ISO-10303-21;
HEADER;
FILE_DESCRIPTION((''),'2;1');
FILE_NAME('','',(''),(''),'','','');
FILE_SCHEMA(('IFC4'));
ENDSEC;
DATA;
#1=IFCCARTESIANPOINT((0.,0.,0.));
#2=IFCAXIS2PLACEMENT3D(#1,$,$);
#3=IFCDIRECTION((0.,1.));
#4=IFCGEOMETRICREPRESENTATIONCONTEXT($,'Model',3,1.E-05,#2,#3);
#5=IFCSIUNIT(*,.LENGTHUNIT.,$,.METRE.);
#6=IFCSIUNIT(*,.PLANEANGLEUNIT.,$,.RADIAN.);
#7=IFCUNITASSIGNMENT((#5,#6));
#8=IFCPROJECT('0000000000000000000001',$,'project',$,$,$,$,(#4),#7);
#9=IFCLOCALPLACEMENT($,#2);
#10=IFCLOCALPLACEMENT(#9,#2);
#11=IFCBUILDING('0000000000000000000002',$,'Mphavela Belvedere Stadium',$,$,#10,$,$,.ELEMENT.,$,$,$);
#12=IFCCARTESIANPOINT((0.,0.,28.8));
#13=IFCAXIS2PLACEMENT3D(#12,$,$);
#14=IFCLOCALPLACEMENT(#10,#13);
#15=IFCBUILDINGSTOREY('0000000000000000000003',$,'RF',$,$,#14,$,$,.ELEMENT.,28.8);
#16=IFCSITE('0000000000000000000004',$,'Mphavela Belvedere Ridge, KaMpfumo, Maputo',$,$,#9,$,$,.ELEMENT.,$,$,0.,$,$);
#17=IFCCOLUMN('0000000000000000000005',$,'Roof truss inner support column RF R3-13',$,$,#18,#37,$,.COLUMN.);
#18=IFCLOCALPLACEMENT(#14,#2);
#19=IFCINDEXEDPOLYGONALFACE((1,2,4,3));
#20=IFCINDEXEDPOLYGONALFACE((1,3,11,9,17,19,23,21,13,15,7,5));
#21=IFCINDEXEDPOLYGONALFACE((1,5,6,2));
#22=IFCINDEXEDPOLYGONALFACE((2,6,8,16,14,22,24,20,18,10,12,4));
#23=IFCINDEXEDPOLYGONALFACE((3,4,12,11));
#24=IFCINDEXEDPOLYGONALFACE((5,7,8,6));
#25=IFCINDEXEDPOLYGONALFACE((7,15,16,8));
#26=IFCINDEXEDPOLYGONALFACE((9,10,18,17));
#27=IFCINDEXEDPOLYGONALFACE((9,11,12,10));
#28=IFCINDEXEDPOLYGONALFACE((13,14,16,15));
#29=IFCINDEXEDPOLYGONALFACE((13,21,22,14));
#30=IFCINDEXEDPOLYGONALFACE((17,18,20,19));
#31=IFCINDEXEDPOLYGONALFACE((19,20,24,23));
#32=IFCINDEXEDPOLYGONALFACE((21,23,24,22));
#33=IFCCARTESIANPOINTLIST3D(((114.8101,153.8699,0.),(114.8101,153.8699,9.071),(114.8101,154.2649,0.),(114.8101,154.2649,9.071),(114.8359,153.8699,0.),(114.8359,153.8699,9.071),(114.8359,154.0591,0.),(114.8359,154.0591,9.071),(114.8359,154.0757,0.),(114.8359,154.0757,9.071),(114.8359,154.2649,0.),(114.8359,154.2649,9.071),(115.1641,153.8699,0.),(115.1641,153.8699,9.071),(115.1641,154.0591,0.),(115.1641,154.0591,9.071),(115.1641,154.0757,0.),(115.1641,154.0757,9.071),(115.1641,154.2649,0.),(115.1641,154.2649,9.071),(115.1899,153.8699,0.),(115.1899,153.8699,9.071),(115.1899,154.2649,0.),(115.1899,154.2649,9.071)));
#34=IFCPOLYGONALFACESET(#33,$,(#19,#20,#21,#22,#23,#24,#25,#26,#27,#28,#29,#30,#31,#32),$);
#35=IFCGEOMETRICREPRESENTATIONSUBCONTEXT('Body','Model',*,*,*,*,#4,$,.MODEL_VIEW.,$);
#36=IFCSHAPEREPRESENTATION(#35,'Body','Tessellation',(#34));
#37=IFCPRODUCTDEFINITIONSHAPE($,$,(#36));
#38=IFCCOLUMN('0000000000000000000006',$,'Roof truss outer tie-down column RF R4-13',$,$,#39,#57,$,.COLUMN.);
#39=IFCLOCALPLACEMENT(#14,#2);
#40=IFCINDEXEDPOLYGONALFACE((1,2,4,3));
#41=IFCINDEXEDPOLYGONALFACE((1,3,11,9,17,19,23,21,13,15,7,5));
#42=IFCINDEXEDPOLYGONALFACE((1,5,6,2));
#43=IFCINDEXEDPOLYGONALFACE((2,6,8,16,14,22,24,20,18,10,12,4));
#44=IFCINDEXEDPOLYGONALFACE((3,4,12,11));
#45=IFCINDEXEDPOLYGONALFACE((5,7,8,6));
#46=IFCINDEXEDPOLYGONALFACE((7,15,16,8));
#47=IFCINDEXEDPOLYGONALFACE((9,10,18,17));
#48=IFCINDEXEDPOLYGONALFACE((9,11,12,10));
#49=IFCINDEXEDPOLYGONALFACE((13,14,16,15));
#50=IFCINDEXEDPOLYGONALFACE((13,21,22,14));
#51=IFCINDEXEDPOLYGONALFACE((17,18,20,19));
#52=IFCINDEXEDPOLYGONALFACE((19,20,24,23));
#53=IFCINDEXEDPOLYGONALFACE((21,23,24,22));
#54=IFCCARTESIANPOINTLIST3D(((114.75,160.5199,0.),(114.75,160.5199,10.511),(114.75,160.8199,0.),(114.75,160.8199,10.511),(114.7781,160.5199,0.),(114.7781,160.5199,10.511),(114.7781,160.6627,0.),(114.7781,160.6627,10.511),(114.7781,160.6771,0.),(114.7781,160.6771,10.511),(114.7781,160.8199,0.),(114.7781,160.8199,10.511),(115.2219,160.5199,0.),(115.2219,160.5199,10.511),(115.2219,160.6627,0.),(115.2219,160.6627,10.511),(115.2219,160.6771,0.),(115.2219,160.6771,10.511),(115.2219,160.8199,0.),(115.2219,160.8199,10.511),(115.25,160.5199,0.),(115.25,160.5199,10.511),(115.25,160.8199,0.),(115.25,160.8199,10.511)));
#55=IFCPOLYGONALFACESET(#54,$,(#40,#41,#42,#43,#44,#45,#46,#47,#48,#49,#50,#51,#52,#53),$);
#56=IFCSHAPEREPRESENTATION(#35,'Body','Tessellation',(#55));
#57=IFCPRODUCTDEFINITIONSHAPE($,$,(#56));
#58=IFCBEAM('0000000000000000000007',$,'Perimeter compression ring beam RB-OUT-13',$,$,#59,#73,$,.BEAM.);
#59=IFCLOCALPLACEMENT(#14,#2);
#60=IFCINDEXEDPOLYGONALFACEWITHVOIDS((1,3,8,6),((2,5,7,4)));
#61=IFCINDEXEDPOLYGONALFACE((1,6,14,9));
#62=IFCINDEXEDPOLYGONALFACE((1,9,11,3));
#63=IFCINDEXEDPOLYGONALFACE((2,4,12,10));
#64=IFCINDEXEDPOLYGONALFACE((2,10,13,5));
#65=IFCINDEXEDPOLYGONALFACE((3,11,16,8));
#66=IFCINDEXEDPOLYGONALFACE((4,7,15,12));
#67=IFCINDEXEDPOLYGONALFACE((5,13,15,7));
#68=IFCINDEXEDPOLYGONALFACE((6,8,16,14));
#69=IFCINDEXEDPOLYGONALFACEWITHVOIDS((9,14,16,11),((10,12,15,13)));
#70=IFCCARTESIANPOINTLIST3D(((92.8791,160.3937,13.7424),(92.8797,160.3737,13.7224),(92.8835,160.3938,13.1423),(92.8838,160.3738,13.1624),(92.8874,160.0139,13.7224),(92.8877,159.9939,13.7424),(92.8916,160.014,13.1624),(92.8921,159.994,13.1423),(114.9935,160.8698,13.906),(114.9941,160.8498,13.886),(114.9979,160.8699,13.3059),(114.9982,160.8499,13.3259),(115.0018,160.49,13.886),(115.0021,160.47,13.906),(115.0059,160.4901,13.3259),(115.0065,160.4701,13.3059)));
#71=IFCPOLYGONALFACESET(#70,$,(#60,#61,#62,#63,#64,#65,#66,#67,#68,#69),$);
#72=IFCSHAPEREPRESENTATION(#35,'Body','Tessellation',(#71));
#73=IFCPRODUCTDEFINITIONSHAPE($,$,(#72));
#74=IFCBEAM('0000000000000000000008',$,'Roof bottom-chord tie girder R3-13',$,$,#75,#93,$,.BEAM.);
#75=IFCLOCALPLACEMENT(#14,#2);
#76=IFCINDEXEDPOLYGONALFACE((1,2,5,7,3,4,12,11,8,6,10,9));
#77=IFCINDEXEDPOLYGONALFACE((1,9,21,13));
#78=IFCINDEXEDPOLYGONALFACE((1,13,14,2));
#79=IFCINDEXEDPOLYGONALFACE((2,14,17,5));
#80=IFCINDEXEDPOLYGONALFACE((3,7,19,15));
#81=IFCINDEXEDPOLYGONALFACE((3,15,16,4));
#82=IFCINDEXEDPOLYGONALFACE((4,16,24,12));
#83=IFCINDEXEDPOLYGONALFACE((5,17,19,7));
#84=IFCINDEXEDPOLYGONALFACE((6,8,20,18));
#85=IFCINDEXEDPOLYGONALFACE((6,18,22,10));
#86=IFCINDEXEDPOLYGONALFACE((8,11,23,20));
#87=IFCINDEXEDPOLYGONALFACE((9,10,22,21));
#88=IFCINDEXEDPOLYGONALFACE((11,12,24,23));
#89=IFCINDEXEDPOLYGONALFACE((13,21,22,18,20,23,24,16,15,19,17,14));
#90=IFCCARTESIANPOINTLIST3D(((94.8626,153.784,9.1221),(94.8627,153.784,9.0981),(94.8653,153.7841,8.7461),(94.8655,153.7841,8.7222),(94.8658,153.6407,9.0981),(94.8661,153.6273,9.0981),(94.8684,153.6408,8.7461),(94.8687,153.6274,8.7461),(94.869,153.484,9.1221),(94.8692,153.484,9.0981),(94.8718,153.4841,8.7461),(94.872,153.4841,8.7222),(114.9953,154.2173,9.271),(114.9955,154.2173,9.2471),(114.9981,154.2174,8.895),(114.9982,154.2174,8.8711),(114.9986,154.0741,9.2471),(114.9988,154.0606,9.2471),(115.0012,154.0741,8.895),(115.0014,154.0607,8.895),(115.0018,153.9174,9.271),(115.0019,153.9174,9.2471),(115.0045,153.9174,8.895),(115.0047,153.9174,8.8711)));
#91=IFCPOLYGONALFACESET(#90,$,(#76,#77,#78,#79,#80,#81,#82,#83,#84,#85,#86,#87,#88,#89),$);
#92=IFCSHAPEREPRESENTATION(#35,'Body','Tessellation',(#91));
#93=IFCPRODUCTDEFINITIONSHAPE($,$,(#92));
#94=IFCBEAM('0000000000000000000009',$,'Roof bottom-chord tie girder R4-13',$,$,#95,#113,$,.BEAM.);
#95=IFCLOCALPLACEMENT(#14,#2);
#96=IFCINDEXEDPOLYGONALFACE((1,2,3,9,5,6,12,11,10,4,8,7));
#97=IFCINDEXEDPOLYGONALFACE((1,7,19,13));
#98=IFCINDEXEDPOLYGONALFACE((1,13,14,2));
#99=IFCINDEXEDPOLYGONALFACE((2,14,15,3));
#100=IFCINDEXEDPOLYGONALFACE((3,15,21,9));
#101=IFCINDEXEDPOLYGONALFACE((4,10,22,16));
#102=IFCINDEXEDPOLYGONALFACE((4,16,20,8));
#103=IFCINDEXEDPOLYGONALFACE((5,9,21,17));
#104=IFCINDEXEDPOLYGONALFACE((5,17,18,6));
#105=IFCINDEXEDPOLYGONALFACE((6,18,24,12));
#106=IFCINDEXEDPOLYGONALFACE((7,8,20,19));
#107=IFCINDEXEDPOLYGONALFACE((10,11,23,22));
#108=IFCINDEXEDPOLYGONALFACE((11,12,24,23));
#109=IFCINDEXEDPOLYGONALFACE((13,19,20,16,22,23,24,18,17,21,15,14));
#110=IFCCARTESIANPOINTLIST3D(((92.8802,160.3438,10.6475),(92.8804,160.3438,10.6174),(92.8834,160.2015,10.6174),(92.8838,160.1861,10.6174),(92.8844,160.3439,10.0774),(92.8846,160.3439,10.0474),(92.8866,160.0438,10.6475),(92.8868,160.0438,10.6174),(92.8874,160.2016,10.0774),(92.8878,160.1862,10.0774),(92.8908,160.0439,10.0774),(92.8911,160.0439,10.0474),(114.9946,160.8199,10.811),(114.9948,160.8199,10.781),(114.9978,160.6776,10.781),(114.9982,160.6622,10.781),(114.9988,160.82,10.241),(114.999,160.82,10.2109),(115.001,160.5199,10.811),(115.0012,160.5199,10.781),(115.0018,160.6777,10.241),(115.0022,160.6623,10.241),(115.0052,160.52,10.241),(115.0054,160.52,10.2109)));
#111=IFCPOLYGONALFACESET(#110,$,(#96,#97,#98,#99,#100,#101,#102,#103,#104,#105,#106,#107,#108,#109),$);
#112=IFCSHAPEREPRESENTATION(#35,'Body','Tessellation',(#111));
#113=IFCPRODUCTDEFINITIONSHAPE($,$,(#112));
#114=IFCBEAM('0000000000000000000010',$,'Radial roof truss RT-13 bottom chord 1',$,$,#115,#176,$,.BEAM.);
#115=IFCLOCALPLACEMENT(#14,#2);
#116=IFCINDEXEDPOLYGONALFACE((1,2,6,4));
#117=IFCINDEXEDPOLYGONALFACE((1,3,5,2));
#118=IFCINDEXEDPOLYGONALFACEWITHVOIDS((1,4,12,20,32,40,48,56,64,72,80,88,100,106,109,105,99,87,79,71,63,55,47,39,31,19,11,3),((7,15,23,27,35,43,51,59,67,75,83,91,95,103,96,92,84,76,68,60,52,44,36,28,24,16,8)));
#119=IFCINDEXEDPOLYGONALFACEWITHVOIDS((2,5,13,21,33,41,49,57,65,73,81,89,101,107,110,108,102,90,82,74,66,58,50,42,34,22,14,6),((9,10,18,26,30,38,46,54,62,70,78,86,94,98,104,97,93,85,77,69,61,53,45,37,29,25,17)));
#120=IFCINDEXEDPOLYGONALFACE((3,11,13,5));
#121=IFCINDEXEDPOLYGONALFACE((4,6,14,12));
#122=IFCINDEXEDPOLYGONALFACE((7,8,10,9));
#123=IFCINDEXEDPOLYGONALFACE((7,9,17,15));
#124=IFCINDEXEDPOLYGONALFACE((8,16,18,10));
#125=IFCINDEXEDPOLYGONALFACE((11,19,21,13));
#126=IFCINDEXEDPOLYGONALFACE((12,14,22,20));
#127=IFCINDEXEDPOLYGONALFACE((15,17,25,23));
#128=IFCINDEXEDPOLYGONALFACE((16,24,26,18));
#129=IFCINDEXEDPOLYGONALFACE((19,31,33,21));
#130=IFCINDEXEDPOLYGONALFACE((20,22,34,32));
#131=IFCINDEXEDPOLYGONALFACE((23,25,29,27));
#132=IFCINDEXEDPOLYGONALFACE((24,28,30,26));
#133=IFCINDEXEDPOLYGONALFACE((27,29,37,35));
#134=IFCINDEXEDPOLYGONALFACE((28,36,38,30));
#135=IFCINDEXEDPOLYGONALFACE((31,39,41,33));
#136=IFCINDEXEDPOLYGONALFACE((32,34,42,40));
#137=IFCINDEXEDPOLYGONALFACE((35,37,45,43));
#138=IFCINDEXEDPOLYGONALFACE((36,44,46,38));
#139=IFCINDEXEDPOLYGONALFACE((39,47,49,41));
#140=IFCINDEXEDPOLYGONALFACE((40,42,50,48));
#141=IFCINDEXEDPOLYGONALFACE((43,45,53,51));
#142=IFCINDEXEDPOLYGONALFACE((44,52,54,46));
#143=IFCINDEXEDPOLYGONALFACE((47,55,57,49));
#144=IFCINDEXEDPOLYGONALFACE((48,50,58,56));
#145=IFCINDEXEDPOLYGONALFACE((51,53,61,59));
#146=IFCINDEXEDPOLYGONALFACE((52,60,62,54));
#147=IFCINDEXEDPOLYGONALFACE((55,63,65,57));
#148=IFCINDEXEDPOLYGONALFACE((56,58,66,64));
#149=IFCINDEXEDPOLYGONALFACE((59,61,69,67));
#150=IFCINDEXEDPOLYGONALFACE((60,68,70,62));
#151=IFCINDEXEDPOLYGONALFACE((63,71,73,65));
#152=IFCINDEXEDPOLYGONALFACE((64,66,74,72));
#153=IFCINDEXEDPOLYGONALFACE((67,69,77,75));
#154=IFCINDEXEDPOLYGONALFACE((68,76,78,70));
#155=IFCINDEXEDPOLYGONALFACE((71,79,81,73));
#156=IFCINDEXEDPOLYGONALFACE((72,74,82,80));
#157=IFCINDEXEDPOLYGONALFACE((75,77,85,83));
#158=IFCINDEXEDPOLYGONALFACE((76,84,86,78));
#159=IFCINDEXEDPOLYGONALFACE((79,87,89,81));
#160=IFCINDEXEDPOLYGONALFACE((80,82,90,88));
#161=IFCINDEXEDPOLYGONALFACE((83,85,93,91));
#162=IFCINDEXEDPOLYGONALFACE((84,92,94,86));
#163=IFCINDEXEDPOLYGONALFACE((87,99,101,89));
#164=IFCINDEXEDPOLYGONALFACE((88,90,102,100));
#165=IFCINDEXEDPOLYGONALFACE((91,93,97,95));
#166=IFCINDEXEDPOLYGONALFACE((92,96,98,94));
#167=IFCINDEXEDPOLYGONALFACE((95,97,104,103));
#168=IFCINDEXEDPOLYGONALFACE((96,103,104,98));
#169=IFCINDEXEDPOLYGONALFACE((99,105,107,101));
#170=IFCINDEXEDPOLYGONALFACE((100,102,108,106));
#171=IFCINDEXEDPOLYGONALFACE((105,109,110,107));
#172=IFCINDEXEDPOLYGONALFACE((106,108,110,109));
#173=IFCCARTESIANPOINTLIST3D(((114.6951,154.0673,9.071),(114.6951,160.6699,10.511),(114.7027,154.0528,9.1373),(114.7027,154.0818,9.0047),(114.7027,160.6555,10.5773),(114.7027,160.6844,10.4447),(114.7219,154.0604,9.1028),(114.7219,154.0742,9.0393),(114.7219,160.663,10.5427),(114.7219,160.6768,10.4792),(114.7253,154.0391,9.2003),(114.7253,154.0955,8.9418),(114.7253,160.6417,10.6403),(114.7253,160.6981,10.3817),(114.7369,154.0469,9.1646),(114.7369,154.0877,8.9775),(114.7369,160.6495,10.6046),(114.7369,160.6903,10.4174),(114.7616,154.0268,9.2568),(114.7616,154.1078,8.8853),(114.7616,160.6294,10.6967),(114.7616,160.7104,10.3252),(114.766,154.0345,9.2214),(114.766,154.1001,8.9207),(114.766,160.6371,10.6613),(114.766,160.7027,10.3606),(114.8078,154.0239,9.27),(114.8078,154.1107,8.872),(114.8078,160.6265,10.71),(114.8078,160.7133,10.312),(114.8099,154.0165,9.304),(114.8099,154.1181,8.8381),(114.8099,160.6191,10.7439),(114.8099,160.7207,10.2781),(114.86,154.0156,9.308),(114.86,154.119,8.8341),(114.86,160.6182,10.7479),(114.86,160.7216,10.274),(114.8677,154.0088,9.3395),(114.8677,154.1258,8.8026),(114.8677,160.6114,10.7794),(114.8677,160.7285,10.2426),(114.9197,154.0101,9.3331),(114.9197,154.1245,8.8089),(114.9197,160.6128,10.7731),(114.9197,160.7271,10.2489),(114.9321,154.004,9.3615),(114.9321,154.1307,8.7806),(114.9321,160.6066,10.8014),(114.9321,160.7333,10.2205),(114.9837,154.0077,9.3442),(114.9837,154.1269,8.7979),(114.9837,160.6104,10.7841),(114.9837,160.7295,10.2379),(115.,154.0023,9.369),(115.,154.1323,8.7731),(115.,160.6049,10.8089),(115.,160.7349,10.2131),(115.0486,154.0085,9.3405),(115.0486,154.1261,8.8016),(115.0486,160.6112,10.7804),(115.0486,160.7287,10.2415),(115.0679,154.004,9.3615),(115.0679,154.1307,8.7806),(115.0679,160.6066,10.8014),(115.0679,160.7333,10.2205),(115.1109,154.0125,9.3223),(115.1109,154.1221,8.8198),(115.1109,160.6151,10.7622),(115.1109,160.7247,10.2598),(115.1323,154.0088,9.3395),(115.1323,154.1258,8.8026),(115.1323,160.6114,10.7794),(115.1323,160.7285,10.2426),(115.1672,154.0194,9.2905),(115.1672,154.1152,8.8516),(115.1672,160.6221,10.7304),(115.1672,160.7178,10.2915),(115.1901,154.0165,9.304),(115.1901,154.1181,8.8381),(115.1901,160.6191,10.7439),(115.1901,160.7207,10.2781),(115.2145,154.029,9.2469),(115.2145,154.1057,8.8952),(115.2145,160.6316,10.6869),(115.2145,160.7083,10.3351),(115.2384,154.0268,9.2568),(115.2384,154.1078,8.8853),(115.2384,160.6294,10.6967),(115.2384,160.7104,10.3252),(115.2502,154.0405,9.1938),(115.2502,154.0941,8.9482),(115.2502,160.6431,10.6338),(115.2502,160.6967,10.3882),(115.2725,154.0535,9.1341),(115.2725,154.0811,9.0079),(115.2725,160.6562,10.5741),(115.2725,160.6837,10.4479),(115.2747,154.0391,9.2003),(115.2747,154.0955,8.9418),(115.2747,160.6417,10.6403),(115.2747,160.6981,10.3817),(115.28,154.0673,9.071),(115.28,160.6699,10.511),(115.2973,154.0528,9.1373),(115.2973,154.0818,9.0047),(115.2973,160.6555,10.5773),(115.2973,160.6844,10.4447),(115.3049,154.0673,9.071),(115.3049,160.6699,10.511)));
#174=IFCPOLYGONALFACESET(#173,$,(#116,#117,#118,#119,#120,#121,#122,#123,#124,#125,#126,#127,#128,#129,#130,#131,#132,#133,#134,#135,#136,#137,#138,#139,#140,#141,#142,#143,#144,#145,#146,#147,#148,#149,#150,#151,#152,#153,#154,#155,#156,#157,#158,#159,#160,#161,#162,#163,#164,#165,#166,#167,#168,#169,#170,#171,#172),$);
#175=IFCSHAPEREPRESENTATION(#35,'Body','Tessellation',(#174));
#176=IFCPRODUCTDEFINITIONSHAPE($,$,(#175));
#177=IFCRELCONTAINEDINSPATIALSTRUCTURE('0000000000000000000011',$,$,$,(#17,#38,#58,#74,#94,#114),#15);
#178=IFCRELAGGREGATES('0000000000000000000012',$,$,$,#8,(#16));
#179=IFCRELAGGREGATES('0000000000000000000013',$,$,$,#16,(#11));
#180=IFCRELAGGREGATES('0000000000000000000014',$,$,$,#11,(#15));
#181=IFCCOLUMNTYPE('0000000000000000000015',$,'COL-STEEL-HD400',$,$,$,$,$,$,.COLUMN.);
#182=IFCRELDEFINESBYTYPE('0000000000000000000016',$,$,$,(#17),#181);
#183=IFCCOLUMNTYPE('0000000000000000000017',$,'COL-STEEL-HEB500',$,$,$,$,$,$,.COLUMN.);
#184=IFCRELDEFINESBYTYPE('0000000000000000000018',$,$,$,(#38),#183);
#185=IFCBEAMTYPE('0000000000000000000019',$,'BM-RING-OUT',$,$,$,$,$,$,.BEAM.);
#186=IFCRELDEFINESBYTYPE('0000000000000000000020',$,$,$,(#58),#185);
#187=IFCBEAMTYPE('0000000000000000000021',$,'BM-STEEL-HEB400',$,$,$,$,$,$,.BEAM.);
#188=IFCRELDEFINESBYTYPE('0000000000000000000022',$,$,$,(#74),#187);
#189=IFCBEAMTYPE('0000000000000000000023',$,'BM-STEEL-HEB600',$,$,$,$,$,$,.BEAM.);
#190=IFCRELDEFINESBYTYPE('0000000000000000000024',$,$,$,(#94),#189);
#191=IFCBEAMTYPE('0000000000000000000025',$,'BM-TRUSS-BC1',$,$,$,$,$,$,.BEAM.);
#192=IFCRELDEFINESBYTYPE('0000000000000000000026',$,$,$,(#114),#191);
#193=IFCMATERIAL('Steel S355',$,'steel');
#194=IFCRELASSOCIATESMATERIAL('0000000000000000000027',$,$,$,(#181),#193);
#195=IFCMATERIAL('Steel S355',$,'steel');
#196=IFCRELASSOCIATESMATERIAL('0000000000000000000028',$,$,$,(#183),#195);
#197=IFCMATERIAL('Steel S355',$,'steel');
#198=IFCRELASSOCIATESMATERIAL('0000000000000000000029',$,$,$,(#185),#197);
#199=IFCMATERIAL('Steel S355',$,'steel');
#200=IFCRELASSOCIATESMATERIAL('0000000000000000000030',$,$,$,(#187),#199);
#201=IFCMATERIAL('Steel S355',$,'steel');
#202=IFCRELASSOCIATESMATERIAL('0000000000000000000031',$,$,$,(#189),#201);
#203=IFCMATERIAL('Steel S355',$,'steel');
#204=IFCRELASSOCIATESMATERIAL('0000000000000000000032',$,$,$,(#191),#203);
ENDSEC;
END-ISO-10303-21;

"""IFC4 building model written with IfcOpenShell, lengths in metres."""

from ifc_helpers import new_model, si_unit, direction, frame, origin, origin_2d, place, context, subcontext, project, spatial, hollow_rectangle, hollow_circle, i_section, extrude, material, material_profile, profile_set, type_object, element, save


model = new_model("IFC4")

# Units and contexts
model_context = context("Model", 3, precision=1e-05, world=origin(), true_north=direction((0.0, 1.0)))
body_context = subcontext(model_context, "Body", "Model", "MODEL_VIEW")
ifc_project = project(units=[si_unit("LENGTHUNIT", "METRE"), si_unit("PLANEANGLEUNIT", "RADIAN")], contexts=[model_context])

# Site, building, storey
site_placement = place(None, origin())
site = spatial("IfcSite", under=ifc_project, at=site_placement, Name="Mphavela Belvedere Ridge, KaMpfumo, Maputo", CompositionType="ELEMENT", RefElevation=0.0)
building_placement = place(site_placement, origin())
building = spatial("IfcBuilding", under=site, at=building_placement, Name="Mphavela Belvedere Stadium", CompositionType="ELEMENT")
storey_placement = place(building_placement, frame((0.0, 0.0, 28.8)))
storey = spatial("IfcBuildingStorey", under=building, at=storey_placement, Name="RF", CompositionType="ELEMENT", Elevation=28.8)

# Columns
ifc_material_1 = material(Name="Steel S355", Category="steel")
ifc_material_profile_1 = material_profile(ifc_material_1, i_section(OverallWidth=0.395, OverallDepth=0.3799, WebThickness=0.0166, FlangeThickness=0.0259, at=origin_2d()), Name="HD 400x237")
ifc_profile_set_1 = profile_set([ifc_material_profile_1], Name="Steel S355")
column_type_1 = type_object("IfcColumnType", Name="COL-STEEL-HD400", PredefinedType="COLUMN", material=ifc_profile_set_1)
column_1_placement = place(storey_placement, frame((115.0, 154.0674, 0.0), z_axis=(0.0, 0.0, 1.0), x_axis=(0.0, 1.0, 0.0)))
element("IfcColumn", 1, at=column_1_placement, inside=storey, type_object=column_type_1, Name="Roof truss inner support column RF R3-13", PredefinedType="COLUMN", context=body_context, shape_type="SweptSolid", body=[
    extrude(i_section(OverallWidth=0.395, OverallDepth=0.3799, WebThickness=0.0166, FlangeThickness=0.0259, at=origin_2d()), origin(), (0.0, 0.0, 1.0), 9.071),
])
ifc_material_2 = material(Name="Steel S355", Category="steel")
ifc_material_profile_2 = material_profile(ifc_material_2, i_section(OverallWidth=0.3, OverallDepth=0.5, WebThickness=0.0144, FlangeThickness=0.0281, at=origin_2d()), Name="HEB 500")
ifc_profile_set_2 = profile_set([ifc_material_profile_2], Name="Steel S355")
column_type_2 = type_object("IfcColumnType", Name="COL-STEEL-HEB500", PredefinedType="COLUMN", material=ifc_profile_set_2)
column_2_placement = place(storey_placement, frame((115.0, 160.6699, 0.0), z_axis=(0.0, 0.0, 1.0), x_axis=(0.0, 1.0, 0.0)))
element("IfcColumn", 2, at=column_2_placement, inside=storey, type_object=column_type_2, Name="Roof truss outer tie-down column RF R4-13", PredefinedType="COLUMN", context=body_context, shape_type="SweptSolid", body=[
    extrude(i_section(OverallWidth=0.3, OverallDepth=0.5, WebThickness=0.0144, FlangeThickness=0.0281, at=origin_2d()), origin(), (0.0, 0.0, 1.0), 10.511),
])

# Beams
ifc_material_3 = material(Name="Steel S355", Category="steel")
ifc_material_profile_3 = material_profile(ifc_material_3, hollow_rectangle(XDim=0.3999, YDim=0.6001, WallThickness=0.02, at=origin_2d()), Name="RHS 600x400x20")
ifc_profile_set_3 = profile_set([ifc_material_profile_3], Name="Steel S355")
beam_type_1 = type_object("IfcBeamType", Name="BM-RING-OUT", PredefinedType="BEAM", material=ifc_profile_set_3)
beam_1_placement = place(storey_placement, frame((115.0, 160.6699, 13.606), z_axis=(-0.999741, -0.021522, -0.007395), x_axis=(0.021523, -0.999768, 0.0)))
element("IfcBeam", 3, at=beam_1_placement, inside=storey, type_object=beam_type_1, Name="Perimeter compression ring beam RB-OUT-13", PredefinedType="BEAM", context=body_context, shape_type="SweptSolid", body=[
    extrude(hollow_rectangle(XDim=0.3999, YDim=0.6001, WallThickness=0.02, at=origin_2d()), origin(), (0.0, 0.0, 1.0), 22.1201),
])
ifc_material_4 = material(Name="Steel S355", Category="steel")
ifc_material_profile_4 = material_profile(ifc_material_4, i_section(OverallWidth=0.3, OverallDepth=0.3999, WebThickness=0.0134, FlangeThickness=0.0239, at=origin_2d()), Name="HEB 400")
ifc_profile_set_4 = profile_set([ifc_material_profile_4], Name="Steel S355")
beam_type_2 = type_object("IfcBeamType", Name="BM-STEEL-HEB400", PredefinedType="BEAM", material=ifc_profile_set_4)
beam_2_placement = place(storey_placement, frame((115.0, 154.0674, 9.071), z_axis=(-0.999741, -0.021519, -0.007395), x_axis=(0.02152, -0.999768, 0.0)))
element("IfcBeam", 4, at=beam_2_placement, inside=storey, type_object=beam_type_2, Name="Roof bottom-chord tie girder R3-13", PredefinedType="BEAM", context=body_context, shape_type="SweptSolid", body=[
    extrude(i_section(OverallWidth=0.3, OverallDepth=0.3999, WebThickness=0.0134, FlangeThickness=0.0239, at=origin_2d()), origin(), (0.0, 0.0, 1.0), 20.1379),
])
ifc_material_5 = material(Name="Steel S355", Category="steel")
ifc_material_profile_5 = material_profile(ifc_material_5, i_section(OverallWidth=0.3, OverallDepth=0.6001, WebThickness=0.0154, FlangeThickness=0.03, at=origin_2d()), Name="HEB 600")
ifc_profile_set_5 = profile_set([ifc_material_profile_5], Name="Steel S355")
beam_type_3 = type_object("IfcBeamType", Name="BM-STEEL-HEB600", PredefinedType="BEAM", material=ifc_profile_set_5)
beam_3_placement = place(storey_placement, frame((115.0, 160.6699, 10.511), z_axis=(-0.999741, -0.021522, -0.007395), x_axis=(0.021523, -0.999768, 0.0)))
element("IfcBeam", 5, at=beam_3_placement, inside=storey, type_object=beam_type_3, Name="Roof bottom-chord tie girder R4-13", PredefinedType="BEAM", context=body_context, shape_type="SweptSolid", body=[
    extrude(i_section(OverallWidth=0.3, OverallDepth=0.6001, WebThickness=0.0154, FlangeThickness=0.03, at=origin_2d()), origin(), (0.0, 0.0, 1.0), 22.1201),
])
ifc_material_6 = material(Name="Steel S355", Category="steel")
ifc_material_profile_6 = material_profile(ifc_material_6, hollow_circle(Radius=0.3049, WallThickness=0.0249, at=origin_2d()), Name="CHS 610x25")
ifc_profile_set_6 = profile_set([ifc_material_profile_6], Name="Steel S355")
beam_type_4 = type_object("IfcBeamType", Name="BM-TRUSS-BC1", PredefinedType="BEAM", material=ifc_profile_set_6)
beam_4_placement = place(storey_placement, frame((115.0, 160.6699, 10.511), z_axis=(0.0, -0.977035, -0.213081), x_axis=(1.0, 0.0, 0.0)))
element("IfcBeam", 6, at=beam_4_placement, inside=storey, type_object=beam_type_4, Name="Radial roof truss RT-13 bottom chord 1", PredefinedType="BEAM", context=body_context, shape_type="SweptSolid", body=[
    extrude(hollow_circle(Radius=0.3049, WallThickness=0.0249, at=origin_2d()), origin(), (0.0, 0.0, 1.0), 6.7578),
])

save(model, "model.ifc")
